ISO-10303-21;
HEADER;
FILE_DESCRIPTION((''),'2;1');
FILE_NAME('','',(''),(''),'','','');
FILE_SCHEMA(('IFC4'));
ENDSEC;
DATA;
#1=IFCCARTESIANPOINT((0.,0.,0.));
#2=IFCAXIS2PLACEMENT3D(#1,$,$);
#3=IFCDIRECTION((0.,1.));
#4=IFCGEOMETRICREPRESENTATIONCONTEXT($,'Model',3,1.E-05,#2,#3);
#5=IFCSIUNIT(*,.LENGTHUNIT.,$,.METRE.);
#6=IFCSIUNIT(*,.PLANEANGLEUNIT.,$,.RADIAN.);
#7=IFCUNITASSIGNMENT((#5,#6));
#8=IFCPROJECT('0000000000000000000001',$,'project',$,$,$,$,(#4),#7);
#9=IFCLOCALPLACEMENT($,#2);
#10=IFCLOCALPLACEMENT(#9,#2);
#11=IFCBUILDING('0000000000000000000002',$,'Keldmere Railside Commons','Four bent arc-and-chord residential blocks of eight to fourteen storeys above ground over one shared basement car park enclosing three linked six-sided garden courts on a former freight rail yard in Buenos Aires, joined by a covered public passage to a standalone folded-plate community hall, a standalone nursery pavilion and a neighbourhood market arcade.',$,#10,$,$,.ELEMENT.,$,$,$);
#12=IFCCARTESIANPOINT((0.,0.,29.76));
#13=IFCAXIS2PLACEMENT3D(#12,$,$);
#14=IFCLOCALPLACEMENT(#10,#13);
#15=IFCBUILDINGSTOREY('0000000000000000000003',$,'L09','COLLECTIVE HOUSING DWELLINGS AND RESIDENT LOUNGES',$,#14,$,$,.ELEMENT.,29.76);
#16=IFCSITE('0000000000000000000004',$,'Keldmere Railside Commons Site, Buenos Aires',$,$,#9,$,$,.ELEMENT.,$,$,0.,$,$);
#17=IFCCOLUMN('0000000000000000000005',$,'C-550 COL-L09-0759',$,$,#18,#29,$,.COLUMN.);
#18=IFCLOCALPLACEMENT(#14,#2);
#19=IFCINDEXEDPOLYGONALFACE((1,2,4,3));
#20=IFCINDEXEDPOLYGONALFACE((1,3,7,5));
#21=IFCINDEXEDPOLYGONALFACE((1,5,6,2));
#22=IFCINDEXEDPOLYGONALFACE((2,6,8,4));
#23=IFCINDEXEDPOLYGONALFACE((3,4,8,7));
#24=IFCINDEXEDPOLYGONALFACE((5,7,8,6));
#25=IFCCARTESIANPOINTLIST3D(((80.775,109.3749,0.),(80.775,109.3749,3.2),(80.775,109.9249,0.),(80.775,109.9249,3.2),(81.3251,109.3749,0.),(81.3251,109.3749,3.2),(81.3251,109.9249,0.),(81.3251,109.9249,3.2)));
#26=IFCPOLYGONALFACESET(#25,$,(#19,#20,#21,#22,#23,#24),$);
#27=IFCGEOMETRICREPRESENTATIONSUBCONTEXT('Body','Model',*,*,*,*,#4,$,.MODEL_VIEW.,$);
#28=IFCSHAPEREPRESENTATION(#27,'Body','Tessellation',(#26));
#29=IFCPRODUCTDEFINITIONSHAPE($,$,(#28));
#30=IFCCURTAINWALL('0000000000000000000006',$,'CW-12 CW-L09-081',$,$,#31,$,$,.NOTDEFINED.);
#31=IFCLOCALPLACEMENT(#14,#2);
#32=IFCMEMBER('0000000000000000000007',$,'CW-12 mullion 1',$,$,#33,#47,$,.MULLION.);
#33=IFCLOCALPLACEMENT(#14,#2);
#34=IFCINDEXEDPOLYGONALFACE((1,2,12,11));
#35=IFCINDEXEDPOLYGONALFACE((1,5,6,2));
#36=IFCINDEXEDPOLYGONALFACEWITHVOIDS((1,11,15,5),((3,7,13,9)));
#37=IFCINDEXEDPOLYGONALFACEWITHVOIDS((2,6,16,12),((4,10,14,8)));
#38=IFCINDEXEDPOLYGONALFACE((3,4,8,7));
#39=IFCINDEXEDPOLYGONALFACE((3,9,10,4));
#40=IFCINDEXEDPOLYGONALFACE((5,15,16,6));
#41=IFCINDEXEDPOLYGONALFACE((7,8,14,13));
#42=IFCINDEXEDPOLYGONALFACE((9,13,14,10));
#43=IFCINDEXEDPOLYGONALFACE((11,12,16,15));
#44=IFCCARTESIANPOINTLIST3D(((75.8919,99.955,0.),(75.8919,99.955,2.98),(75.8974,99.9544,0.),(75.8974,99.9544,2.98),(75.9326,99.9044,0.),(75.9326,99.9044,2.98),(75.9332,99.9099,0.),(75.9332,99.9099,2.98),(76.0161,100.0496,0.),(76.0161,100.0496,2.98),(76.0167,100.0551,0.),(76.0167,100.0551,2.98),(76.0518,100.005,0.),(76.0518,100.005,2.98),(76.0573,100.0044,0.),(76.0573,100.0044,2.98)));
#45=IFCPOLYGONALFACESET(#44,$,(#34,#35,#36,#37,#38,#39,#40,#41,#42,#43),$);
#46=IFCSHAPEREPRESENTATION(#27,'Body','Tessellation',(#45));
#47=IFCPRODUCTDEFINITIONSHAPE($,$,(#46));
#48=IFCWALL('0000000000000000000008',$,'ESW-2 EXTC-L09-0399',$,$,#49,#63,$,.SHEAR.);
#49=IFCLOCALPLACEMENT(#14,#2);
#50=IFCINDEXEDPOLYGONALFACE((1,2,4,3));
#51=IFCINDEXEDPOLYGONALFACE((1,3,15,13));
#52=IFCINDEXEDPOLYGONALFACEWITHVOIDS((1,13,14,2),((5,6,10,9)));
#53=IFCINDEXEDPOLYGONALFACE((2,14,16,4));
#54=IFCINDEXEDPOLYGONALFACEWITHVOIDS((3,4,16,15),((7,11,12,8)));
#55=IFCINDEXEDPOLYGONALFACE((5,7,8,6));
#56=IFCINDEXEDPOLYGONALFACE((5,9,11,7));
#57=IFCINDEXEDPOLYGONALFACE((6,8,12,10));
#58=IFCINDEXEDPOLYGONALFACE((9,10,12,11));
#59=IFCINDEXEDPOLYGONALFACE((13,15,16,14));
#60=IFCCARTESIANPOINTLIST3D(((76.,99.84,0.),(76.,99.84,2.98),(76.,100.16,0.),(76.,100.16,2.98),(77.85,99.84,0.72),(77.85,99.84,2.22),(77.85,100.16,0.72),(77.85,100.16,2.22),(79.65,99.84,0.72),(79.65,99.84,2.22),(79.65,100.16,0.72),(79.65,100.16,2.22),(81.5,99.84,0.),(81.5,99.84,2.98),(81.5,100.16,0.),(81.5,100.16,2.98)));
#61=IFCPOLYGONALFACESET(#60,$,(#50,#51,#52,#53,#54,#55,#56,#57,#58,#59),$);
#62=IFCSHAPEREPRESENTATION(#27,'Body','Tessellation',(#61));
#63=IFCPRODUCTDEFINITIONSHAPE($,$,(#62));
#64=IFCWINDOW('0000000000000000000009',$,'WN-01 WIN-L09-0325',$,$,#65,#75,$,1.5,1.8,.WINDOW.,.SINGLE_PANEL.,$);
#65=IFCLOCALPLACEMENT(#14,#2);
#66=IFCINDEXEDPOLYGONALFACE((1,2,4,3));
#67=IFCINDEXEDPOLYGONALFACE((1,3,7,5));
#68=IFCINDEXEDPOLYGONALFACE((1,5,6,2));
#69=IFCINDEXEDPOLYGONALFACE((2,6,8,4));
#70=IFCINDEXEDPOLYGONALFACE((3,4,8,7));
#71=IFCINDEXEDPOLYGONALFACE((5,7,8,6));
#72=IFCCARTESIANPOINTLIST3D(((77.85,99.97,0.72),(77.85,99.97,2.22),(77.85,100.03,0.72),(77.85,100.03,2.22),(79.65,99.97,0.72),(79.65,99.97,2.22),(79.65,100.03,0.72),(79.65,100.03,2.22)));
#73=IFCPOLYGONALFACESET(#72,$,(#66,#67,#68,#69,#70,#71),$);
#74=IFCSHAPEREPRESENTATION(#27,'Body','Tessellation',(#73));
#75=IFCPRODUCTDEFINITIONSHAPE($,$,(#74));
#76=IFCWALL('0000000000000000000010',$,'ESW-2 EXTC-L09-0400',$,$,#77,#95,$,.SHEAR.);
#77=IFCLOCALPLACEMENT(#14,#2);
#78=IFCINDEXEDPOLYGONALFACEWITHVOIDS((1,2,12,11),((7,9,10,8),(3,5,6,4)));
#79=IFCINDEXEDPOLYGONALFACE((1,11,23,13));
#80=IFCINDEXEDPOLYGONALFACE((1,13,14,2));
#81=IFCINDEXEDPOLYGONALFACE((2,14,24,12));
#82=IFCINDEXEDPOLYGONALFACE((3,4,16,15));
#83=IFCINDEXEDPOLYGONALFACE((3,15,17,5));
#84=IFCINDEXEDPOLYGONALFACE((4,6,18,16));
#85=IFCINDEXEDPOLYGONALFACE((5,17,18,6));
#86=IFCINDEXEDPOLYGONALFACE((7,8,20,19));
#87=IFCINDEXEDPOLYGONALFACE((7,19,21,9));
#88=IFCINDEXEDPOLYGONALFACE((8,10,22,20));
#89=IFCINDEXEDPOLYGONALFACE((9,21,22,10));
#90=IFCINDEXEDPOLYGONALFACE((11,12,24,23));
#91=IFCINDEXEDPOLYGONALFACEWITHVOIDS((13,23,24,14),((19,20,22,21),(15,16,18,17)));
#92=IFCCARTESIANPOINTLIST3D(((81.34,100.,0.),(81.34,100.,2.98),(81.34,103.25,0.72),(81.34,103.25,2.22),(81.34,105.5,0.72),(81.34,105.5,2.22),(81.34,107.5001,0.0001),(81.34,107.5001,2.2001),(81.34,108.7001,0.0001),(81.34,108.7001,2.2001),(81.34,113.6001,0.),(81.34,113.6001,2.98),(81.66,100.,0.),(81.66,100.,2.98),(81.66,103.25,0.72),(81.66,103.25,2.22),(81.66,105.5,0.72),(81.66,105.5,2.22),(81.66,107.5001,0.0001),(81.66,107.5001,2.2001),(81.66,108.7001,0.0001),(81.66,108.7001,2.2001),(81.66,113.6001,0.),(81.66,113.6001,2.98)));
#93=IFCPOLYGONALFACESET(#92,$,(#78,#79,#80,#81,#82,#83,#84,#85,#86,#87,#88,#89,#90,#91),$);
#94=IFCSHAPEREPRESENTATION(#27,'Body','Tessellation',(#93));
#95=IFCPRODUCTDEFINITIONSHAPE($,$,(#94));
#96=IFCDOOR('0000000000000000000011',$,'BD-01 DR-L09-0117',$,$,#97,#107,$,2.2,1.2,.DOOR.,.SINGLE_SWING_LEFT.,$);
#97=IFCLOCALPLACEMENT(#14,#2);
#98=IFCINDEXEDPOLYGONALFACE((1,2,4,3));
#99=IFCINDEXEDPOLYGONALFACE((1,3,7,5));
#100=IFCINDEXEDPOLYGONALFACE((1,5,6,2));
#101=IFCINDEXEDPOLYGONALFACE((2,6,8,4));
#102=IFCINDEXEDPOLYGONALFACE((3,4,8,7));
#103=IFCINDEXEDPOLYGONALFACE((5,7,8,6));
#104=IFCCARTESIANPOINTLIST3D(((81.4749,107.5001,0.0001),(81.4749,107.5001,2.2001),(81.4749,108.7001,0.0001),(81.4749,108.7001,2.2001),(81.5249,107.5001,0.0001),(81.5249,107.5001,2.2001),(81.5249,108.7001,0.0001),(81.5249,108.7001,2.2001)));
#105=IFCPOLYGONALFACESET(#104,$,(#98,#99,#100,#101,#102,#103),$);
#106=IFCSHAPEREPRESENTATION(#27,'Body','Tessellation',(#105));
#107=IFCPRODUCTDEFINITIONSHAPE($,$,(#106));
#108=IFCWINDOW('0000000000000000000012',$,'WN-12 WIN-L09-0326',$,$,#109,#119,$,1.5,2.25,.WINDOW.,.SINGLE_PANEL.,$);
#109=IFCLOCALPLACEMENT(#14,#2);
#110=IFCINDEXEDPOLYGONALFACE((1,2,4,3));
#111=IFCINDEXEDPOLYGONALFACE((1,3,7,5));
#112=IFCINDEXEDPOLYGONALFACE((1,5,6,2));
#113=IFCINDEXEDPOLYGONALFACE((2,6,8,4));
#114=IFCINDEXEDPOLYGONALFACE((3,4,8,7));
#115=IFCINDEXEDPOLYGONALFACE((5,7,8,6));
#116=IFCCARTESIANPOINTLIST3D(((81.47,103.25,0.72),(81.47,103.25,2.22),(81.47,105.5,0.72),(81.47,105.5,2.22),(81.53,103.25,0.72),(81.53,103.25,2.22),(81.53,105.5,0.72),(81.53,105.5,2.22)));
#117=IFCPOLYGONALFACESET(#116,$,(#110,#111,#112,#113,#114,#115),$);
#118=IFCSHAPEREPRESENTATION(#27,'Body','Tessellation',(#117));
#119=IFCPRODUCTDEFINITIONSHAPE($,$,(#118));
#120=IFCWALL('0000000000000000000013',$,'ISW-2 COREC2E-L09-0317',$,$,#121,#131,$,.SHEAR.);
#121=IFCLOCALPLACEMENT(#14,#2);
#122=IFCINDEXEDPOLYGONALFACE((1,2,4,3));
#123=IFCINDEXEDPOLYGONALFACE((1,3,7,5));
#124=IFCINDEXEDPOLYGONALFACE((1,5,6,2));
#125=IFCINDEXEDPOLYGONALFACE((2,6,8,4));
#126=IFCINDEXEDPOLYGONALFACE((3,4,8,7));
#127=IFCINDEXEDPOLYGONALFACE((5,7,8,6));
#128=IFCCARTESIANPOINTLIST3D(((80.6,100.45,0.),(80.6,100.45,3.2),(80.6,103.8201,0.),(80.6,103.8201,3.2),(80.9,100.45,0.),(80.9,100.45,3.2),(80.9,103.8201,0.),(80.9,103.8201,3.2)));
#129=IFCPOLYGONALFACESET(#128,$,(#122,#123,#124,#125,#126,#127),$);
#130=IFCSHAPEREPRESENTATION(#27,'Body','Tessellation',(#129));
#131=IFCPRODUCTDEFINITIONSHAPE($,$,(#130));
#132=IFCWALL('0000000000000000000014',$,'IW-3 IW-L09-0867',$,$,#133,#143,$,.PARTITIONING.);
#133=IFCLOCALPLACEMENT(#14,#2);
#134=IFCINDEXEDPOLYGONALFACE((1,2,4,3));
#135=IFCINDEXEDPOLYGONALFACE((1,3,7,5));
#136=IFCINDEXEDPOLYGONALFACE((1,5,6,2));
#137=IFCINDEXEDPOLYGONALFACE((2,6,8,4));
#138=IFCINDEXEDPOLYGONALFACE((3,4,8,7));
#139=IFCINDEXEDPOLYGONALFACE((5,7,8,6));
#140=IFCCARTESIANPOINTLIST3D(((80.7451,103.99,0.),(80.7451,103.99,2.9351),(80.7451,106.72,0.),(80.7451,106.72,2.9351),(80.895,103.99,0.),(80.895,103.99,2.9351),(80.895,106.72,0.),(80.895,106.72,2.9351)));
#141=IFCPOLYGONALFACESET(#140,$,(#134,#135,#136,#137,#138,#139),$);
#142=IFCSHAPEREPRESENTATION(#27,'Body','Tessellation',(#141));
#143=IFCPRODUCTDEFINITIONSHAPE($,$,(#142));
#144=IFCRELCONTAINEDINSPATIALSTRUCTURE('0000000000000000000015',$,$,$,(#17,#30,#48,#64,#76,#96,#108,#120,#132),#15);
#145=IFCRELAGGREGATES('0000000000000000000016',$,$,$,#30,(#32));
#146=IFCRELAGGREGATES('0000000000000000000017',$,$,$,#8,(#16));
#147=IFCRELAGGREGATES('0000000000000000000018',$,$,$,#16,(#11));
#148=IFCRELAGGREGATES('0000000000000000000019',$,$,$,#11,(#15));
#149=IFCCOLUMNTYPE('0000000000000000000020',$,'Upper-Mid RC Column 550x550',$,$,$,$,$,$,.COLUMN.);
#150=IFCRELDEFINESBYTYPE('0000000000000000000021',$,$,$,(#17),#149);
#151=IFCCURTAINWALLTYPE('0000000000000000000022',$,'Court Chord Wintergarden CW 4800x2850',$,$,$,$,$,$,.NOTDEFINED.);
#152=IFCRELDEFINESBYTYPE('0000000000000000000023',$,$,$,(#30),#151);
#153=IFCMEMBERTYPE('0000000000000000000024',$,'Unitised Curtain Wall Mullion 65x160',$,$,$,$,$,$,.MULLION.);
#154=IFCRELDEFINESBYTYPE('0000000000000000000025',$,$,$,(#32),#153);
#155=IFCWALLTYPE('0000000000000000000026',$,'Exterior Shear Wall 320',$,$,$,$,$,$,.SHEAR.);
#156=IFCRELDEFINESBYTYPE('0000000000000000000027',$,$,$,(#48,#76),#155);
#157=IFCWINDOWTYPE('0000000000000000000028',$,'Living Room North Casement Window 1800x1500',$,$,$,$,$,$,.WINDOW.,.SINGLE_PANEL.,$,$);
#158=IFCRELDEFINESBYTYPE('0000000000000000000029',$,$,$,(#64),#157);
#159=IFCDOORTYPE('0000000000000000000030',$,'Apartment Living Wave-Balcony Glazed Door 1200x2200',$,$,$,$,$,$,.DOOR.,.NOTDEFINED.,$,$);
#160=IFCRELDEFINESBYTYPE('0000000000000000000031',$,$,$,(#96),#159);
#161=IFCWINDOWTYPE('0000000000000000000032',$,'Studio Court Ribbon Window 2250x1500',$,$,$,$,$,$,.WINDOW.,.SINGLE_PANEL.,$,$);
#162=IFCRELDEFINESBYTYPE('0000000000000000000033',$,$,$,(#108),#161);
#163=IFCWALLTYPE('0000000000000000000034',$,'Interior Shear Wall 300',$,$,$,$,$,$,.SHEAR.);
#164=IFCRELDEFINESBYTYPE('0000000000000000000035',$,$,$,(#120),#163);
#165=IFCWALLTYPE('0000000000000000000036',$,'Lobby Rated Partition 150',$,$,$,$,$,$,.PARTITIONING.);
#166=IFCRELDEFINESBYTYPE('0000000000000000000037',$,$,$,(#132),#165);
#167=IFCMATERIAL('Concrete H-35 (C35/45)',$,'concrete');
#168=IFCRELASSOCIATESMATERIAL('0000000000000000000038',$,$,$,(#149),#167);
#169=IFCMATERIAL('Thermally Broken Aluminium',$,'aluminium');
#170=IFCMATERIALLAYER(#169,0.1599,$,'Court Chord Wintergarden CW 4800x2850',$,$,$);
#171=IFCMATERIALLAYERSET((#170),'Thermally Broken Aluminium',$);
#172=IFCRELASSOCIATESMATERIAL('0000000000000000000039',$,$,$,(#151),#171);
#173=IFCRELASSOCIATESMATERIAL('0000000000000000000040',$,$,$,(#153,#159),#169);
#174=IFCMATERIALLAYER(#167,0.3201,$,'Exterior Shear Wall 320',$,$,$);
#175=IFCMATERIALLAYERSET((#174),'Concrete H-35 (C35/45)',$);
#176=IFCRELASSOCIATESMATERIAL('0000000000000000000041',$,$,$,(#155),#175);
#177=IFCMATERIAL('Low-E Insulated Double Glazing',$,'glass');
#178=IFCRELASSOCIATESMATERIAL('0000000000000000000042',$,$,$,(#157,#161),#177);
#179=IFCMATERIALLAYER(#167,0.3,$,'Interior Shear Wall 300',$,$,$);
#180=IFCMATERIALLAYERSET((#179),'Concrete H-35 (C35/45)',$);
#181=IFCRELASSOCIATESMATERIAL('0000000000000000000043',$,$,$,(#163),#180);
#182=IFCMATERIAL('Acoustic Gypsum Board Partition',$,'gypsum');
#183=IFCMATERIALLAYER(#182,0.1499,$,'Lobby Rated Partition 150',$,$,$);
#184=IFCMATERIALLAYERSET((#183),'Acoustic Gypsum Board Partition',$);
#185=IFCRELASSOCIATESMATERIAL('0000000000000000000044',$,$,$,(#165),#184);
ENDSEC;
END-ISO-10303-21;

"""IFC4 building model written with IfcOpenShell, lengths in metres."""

from ifc_helpers import new_model, si_unit, direction, frame, frame_2d, origin, origin_2d, place, context, subcontext, project, spatial, rectangle, hollow_rectangle, extrude, material, layer, layer_set, material_profile, profile_set, type_object, element, fill, aggregate, save


model = new_model("IFC4")

# Units and contexts
model_context = context("Model", 3, precision=1e-05, world=origin(), true_north=direction((0.0, 1.0)))
body_context = subcontext(model_context, "Body", "Model", "MODEL_VIEW")
ifc_project = project(units=[si_unit("LENGTHUNIT", "METRE"), si_unit("PLANEANGLEUNIT", "RADIAN")], contexts=[model_context])

# Site, building, storey
site_placement = place(None, origin())
site = spatial("IfcSite", under=ifc_project, at=site_placement, Name="Keldmere Railside Commons Site, Buenos Aires", CompositionType="ELEMENT", RefElevation=0.0)
building_placement = place(site_placement, origin())
building = spatial("IfcBuilding", under=site, at=building_placement, Name="Keldmere Railside Commons", Description="Four bent arc-and-chord residential blocks of eight to fourteen storeys above ground over one shared basement car park enclosing three linked six-sided garden courts on a former freight rail yard in Buenos Aires, joined by a covered public passage to a standalone folded-plate community hall, a standalone nursery pavilion and a neighbourhood market arcade.", CompositionType="ELEMENT")
storey_placement = place(building_placement, frame((0.0, 0.0, 29.76)))
storey = spatial("IfcBuildingStorey", under=building, at=storey_placement, Name="L09", Description="COLLECTIVE HOUSING DWELLINGS AND RESIDENT LOUNGES", CompositionType="ELEMENT", Elevation=29.76)

# Column
ifc_material_1 = material(Name="Concrete H-35 (C35/45)", Category="concrete")
ifc_material_profile_1 = material_profile(ifc_material_1, rectangle(XDim=0.55, YDim=0.55, at=origin_2d()), Name="RC-550x550")
ifc_profile_set_1 = profile_set([ifc_material_profile_1], Name="Concrete H-35 (C35/45)")
column_type = type_object("IfcColumnType", Name="Upper-Mid RC Column 550x550", PredefinedType="COLUMN", material=ifc_profile_set_1)
column_placement = place(storey_placement, frame((81.05, 109.6499, 0.0), z_axis=(0.0, 0.0, 1.0), x_axis=(1.0, 0.0, 0.0)))
element("IfcColumn", 1, at=column_placement, inside=storey, type_object=column_type, Name="C-550 COL-L09-0759", PredefinedType="COLUMN", context=body_context, shape_type="SweptSolid", body=[
    extrude(rectangle(XDim=0.55, YDim=0.55, at=origin_2d()), origin(), (0.0, 0.0, 1.0), 3.2),
])

# Curtain wall, member
ifc_material_2 = material(Name="Thermally Broken Aluminium", Category="aluminium")
ifc_layer_1 = layer(ifc_material_2, 0.1599, Name="Court Chord Wintergarden CW 4800x2850")
ifc_layer_set_1 = layer_set([ifc_layer_1], Name="Thermally Broken Aluminium")
curtain_wall_type = type_object("IfcCurtainWallType", Name="Court Chord Wintergarden CW 4800x2850", PredefinedType="NOTDEFINED", material=ifc_layer_set_1)
curtain_wall_placement = place(storey_placement, origin())
curtain_wall = element("IfcCurtainWall", 2, at=curtain_wall_placement, inside=storey, type_object=curtain_wall_type, Name="CW-12 CW-L09-081", PredefinedType="NOTDEFINED")
ifc_material_profile_2 = material_profile(ifc_material_2, hollow_rectangle(XDim=0.0649, YDim=0.1599, WallThickness=0.0039, at=origin_2d()), Name="ALU-MULL-65x160")
ifc_profile_set_2 = profile_set([ifc_material_profile_2], Name="Thermally Broken Aluminium")
member_type = type_object("IfcMemberType", Name="Unitised Curtain Wall Mullion 65x160", PredefinedType="MULLION", material=ifc_profile_set_2)
member_placement = place(storey_placement, frame((75.9746, 99.9797, 0.0), z_axis=(0.0, 0.0, 1.0), x_axis=(0.625768, -0.780009, 0.0)))
member = element("IfcMember", 3, at=member_placement, type_object=member_type, Name="CW-12 mullion 1", PredefinedType="MULLION", context=body_context, shape_type="SweptSolid", body=[
    extrude(hollow_rectangle(XDim=0.0649, YDim=0.1599, WallThickness=0.0039, at=origin_2d()), origin(), (0.0, 0.0, 1.0), 2.98),
])
aggregate(curtain_wall, [member])

# Wall, opening, window
ifc_layer_2 = layer(ifc_material_1, 0.3201, Name="Exterior Shear Wall 320")
ifc_layer_set_2 = layer_set([ifc_layer_2], Name="Concrete H-35 (C35/45)")
wall_type_1 = type_object("IfcWallType", Name="Exterior Shear Wall 320", PredefinedType="SHEAR", material=ifc_layer_set_2)
wall_1_placement = place(storey_placement, frame((81.5, 100.0, 0.0), z_axis=(0.0, 0.0, 1.0), x_axis=(-1.0, 0.0, 0.0)))
wall_1 = element("IfcWall", 4, at=wall_1_placement, inside=storey, type_object=wall_type_1, Name="ESW-2 EXTC-L09-0399", PredefinedType="SHEAR", context=body_context, shape_type="SweptSolid", body=[
    extrude(rectangle(XDim=5.5, YDim=0.3201, at=frame_2d((2.75, 0.0))), origin(), (0.0, 0.0, 1.0), 2.98),
])
opening_1_placement = place(wall_1_placement, frame((1.8501, 0.0, 0.72)))
opening_1 = element("IfcOpeningElement", 5, at=opening_1_placement, cuts=wall_1, PredefinedType="OPENING", context=body_context, shape_type="SweptSolid", body=[
    extrude(rectangle(XDim=1.8, YDim=1.5, at=frame_2d((0.8999, 0.75))), frame((0.0, 0.1699, 0.0), z_axis=(0.0, -1.0, 0.0), x_axis=(1.0, 0.0, 0.0)), (0.0, 0.0, 1.0), 0.3401),
])
ifc_material_3 = material(Name="Low-E Insulated Double Glazing", Category="glass")
window_type_1 = type_object("IfcWindowType", Name="Living Room North Casement Window 1800x1500", PartitioningType="SINGLE_PANEL", PredefinedType="WINDOW", material=ifc_material_3)
window_1_placement = place(opening_1_placement, origin())
window_1 = element("IfcWindow", 6, at=window_1_placement, inside=storey, type_object=window_type_1, Name="WN-01 WIN-L09-0325", OverallHeight=1.5, OverallWidth=1.8, PartitioningType="SINGLE_PANEL", PredefinedType="WINDOW", context=body_context, shape_type="SweptSolid", body=[
    extrude(rectangle(XDim=1.8, YDim=1.5, at=frame_2d((0.8999, 0.75))), frame((0.0, 0.03, 0.0), z_axis=(0.0, -1.0, 0.0), x_axis=(1.0, 0.0, 0.0)), (0.0, 0.0, 1.0), 0.0601),
])
fill(opening_1, window_1)

# Wall, openings, door, window
wall_2_placement = place(storey_placement, frame((81.5, 113.6001, 0.0), z_axis=(0.0, 0.0, 1.0), x_axis=(0.0, -1.0, 0.0)))
wall_2 = element("IfcWall", 7, at=wall_2_placement, inside=storey, type_object=wall_type_1, Name="ESW-2 EXTC-L09-0400", PredefinedType="SHEAR", context=body_context, shape_type="SweptSolid", body=[
    extrude(rectangle(XDim=13.6001, YDim=0.3201, at=frame_2d((6.8, 0.0))), origin(), (0.0, 0.0, 1.0), 2.98),
])
opening_2_placement = place(wall_2_placement, frame((4.8999, 0.0, 0.0)))
opening_2 = element("IfcOpeningElement", 8, at=opening_2_placement, cuts=wall_2, PredefinedType="OPENING", context=body_context, shape_type="SweptSolid", body=[
    extrude(rectangle(XDim=1.2, YDim=2.2, at=frame_2d((0.6001, 1.1001))), frame((0.0, 0.1699, 0.0), z_axis=(0.0, -1.0, 0.0), x_axis=(1.0, 0.0, 0.0)), (0.0, 0.0, 1.0), 0.3401),
])
opening_3_placement = place(wall_2_placement, frame((8.1001, 0.0, 0.72)))
opening_3 = element("IfcOpeningElement", 9, at=opening_3_placement, cuts=wall_2, PredefinedType="OPENING", context=body_context, shape_type="SweptSolid", body=[
    extrude(rectangle(XDim=2.25, YDim=1.5, at=frame_2d((1.125, 0.75))), frame((0.0, 0.1699, 0.0), z_axis=(0.0, -1.0, 0.0), x_axis=(1.0, 0.0, 0.0)), (0.0, 0.0, 1.0), 0.3401),
])
door_type_1 = type_object("IfcDoorType", Name="Apartment Living Wave-Balcony Glazed Door 1200x2200", OperationType="NOTDEFINED", PredefinedType="DOOR", material=ifc_material_2)
door_1_placement = place(opening_2_placement, origin())
door_1 = element("IfcDoor", 10, at=door_1_placement, inside=storey, type_object=door_type_1, Name="BD-01 DR-L09-0117", OperationType="SINGLE_SWING_LEFT", OverallHeight=2.2, OverallWidth=1.2, PredefinedType="DOOR", context=body_context, shape_type="SweptSolid", body=[
    extrude(rectangle(XDim=1.2, YDim=2.2, at=frame_2d((0.6001, 1.1001))), frame((0.0, 0.0249, 0.0), z_axis=(0.0, -1.0, 0.0), x_axis=(1.0, 0.0, 0.0)), (0.0, 0.0, 1.0), 0.05),
])
fill(opening_2, door_1)
window_type_2 = type_object("IfcWindowType", Name="Studio Court Ribbon Window 2250x1500", PartitioningType="SINGLE_PANEL", PredefinedType="WINDOW", material=ifc_material_3)
window_2_placement = place(opening_3_placement, origin())
window_2 = element("IfcWindow", 11, at=window_2_placement, inside=storey, type_object=window_type_2, Name="WN-12 WIN-L09-0326", OverallHeight=1.5, OverallWidth=2.25, PartitioningType="SINGLE_PANEL", PredefinedType="WINDOW", context=body_context, shape_type="SweptSolid", body=[
    extrude(rectangle(XDim=2.25, YDim=1.5, at=frame_2d((1.125, 0.75))), frame((0.0, 0.03, 0.0), z_axis=(0.0, -1.0, 0.0), x_axis=(1.0, 0.0, 0.0)), (0.0, 0.0, 1.0), 0.0601),
])
fill(opening_3, window_2)

# Wall
ifc_layer_3 = layer(ifc_material_1, 0.3, Name="Interior Shear Wall 300")
ifc_layer_set_3 = layer_set([ifc_layer_3], Name="Concrete H-35 (C35/45)")
wall_type_2 = type_object("IfcWallType", Name="Interior Shear Wall 300", PredefinedType="SHEAR", material=ifc_layer_set_3)
wall_3_placement = place(storey_placement, frame((80.75, 100.45, 0.0), z_axis=(0.0, 0.0, 1.0), x_axis=(0.0, 1.0, 0.0)))
element("IfcWall", 12, at=wall_3_placement, inside=storey, type_object=wall_type_2, Name="ISW-2 COREC2E-L09-0317", PredefinedType="SHEAR", context=body_context, shape_type="SweptSolid", body=[
    extrude(rectangle(XDim=3.3701, YDim=0.3, at=frame_2d((1.6851, 0.0))), origin(), (0.0, 0.0, 1.0), 3.2),
])

# Wall
ifc_material_4 = material(Name="Acoustic Gypsum Board Partition", Category="gypsum")
ifc_layer_4 = layer(ifc_material_4, 0.1499, Name="Lobby Rated Partition 150")
ifc_layer_set_4 = layer_set([ifc_layer_4], Name="Acoustic Gypsum Board Partition")
wall_type_3 = type_object("IfcWallType", Name="Lobby Rated Partition 150", PredefinedType="PARTITIONING", material=ifc_layer_set_4)
wall_4_placement = place(storey_placement, frame((80.8201, 103.99, 0.0), z_axis=(0.0, 0.0, 1.0), x_axis=(0.0, 1.0, 0.0)))
element("IfcWall", 13, at=wall_4_placement, inside=storey, type_object=wall_type_3, Name="IW-3 IW-L09-0867", PredefinedType="PARTITIONING", context=body_context, shape_type="SweptSolid", body=[
    extrude(rectangle(XDim=2.73, YDim=0.1499, at=frame_2d((1.365, 0.0))), origin(), (0.0, 0.0, 1.0), 2.9351),
])

save(model, "model.ifc")
